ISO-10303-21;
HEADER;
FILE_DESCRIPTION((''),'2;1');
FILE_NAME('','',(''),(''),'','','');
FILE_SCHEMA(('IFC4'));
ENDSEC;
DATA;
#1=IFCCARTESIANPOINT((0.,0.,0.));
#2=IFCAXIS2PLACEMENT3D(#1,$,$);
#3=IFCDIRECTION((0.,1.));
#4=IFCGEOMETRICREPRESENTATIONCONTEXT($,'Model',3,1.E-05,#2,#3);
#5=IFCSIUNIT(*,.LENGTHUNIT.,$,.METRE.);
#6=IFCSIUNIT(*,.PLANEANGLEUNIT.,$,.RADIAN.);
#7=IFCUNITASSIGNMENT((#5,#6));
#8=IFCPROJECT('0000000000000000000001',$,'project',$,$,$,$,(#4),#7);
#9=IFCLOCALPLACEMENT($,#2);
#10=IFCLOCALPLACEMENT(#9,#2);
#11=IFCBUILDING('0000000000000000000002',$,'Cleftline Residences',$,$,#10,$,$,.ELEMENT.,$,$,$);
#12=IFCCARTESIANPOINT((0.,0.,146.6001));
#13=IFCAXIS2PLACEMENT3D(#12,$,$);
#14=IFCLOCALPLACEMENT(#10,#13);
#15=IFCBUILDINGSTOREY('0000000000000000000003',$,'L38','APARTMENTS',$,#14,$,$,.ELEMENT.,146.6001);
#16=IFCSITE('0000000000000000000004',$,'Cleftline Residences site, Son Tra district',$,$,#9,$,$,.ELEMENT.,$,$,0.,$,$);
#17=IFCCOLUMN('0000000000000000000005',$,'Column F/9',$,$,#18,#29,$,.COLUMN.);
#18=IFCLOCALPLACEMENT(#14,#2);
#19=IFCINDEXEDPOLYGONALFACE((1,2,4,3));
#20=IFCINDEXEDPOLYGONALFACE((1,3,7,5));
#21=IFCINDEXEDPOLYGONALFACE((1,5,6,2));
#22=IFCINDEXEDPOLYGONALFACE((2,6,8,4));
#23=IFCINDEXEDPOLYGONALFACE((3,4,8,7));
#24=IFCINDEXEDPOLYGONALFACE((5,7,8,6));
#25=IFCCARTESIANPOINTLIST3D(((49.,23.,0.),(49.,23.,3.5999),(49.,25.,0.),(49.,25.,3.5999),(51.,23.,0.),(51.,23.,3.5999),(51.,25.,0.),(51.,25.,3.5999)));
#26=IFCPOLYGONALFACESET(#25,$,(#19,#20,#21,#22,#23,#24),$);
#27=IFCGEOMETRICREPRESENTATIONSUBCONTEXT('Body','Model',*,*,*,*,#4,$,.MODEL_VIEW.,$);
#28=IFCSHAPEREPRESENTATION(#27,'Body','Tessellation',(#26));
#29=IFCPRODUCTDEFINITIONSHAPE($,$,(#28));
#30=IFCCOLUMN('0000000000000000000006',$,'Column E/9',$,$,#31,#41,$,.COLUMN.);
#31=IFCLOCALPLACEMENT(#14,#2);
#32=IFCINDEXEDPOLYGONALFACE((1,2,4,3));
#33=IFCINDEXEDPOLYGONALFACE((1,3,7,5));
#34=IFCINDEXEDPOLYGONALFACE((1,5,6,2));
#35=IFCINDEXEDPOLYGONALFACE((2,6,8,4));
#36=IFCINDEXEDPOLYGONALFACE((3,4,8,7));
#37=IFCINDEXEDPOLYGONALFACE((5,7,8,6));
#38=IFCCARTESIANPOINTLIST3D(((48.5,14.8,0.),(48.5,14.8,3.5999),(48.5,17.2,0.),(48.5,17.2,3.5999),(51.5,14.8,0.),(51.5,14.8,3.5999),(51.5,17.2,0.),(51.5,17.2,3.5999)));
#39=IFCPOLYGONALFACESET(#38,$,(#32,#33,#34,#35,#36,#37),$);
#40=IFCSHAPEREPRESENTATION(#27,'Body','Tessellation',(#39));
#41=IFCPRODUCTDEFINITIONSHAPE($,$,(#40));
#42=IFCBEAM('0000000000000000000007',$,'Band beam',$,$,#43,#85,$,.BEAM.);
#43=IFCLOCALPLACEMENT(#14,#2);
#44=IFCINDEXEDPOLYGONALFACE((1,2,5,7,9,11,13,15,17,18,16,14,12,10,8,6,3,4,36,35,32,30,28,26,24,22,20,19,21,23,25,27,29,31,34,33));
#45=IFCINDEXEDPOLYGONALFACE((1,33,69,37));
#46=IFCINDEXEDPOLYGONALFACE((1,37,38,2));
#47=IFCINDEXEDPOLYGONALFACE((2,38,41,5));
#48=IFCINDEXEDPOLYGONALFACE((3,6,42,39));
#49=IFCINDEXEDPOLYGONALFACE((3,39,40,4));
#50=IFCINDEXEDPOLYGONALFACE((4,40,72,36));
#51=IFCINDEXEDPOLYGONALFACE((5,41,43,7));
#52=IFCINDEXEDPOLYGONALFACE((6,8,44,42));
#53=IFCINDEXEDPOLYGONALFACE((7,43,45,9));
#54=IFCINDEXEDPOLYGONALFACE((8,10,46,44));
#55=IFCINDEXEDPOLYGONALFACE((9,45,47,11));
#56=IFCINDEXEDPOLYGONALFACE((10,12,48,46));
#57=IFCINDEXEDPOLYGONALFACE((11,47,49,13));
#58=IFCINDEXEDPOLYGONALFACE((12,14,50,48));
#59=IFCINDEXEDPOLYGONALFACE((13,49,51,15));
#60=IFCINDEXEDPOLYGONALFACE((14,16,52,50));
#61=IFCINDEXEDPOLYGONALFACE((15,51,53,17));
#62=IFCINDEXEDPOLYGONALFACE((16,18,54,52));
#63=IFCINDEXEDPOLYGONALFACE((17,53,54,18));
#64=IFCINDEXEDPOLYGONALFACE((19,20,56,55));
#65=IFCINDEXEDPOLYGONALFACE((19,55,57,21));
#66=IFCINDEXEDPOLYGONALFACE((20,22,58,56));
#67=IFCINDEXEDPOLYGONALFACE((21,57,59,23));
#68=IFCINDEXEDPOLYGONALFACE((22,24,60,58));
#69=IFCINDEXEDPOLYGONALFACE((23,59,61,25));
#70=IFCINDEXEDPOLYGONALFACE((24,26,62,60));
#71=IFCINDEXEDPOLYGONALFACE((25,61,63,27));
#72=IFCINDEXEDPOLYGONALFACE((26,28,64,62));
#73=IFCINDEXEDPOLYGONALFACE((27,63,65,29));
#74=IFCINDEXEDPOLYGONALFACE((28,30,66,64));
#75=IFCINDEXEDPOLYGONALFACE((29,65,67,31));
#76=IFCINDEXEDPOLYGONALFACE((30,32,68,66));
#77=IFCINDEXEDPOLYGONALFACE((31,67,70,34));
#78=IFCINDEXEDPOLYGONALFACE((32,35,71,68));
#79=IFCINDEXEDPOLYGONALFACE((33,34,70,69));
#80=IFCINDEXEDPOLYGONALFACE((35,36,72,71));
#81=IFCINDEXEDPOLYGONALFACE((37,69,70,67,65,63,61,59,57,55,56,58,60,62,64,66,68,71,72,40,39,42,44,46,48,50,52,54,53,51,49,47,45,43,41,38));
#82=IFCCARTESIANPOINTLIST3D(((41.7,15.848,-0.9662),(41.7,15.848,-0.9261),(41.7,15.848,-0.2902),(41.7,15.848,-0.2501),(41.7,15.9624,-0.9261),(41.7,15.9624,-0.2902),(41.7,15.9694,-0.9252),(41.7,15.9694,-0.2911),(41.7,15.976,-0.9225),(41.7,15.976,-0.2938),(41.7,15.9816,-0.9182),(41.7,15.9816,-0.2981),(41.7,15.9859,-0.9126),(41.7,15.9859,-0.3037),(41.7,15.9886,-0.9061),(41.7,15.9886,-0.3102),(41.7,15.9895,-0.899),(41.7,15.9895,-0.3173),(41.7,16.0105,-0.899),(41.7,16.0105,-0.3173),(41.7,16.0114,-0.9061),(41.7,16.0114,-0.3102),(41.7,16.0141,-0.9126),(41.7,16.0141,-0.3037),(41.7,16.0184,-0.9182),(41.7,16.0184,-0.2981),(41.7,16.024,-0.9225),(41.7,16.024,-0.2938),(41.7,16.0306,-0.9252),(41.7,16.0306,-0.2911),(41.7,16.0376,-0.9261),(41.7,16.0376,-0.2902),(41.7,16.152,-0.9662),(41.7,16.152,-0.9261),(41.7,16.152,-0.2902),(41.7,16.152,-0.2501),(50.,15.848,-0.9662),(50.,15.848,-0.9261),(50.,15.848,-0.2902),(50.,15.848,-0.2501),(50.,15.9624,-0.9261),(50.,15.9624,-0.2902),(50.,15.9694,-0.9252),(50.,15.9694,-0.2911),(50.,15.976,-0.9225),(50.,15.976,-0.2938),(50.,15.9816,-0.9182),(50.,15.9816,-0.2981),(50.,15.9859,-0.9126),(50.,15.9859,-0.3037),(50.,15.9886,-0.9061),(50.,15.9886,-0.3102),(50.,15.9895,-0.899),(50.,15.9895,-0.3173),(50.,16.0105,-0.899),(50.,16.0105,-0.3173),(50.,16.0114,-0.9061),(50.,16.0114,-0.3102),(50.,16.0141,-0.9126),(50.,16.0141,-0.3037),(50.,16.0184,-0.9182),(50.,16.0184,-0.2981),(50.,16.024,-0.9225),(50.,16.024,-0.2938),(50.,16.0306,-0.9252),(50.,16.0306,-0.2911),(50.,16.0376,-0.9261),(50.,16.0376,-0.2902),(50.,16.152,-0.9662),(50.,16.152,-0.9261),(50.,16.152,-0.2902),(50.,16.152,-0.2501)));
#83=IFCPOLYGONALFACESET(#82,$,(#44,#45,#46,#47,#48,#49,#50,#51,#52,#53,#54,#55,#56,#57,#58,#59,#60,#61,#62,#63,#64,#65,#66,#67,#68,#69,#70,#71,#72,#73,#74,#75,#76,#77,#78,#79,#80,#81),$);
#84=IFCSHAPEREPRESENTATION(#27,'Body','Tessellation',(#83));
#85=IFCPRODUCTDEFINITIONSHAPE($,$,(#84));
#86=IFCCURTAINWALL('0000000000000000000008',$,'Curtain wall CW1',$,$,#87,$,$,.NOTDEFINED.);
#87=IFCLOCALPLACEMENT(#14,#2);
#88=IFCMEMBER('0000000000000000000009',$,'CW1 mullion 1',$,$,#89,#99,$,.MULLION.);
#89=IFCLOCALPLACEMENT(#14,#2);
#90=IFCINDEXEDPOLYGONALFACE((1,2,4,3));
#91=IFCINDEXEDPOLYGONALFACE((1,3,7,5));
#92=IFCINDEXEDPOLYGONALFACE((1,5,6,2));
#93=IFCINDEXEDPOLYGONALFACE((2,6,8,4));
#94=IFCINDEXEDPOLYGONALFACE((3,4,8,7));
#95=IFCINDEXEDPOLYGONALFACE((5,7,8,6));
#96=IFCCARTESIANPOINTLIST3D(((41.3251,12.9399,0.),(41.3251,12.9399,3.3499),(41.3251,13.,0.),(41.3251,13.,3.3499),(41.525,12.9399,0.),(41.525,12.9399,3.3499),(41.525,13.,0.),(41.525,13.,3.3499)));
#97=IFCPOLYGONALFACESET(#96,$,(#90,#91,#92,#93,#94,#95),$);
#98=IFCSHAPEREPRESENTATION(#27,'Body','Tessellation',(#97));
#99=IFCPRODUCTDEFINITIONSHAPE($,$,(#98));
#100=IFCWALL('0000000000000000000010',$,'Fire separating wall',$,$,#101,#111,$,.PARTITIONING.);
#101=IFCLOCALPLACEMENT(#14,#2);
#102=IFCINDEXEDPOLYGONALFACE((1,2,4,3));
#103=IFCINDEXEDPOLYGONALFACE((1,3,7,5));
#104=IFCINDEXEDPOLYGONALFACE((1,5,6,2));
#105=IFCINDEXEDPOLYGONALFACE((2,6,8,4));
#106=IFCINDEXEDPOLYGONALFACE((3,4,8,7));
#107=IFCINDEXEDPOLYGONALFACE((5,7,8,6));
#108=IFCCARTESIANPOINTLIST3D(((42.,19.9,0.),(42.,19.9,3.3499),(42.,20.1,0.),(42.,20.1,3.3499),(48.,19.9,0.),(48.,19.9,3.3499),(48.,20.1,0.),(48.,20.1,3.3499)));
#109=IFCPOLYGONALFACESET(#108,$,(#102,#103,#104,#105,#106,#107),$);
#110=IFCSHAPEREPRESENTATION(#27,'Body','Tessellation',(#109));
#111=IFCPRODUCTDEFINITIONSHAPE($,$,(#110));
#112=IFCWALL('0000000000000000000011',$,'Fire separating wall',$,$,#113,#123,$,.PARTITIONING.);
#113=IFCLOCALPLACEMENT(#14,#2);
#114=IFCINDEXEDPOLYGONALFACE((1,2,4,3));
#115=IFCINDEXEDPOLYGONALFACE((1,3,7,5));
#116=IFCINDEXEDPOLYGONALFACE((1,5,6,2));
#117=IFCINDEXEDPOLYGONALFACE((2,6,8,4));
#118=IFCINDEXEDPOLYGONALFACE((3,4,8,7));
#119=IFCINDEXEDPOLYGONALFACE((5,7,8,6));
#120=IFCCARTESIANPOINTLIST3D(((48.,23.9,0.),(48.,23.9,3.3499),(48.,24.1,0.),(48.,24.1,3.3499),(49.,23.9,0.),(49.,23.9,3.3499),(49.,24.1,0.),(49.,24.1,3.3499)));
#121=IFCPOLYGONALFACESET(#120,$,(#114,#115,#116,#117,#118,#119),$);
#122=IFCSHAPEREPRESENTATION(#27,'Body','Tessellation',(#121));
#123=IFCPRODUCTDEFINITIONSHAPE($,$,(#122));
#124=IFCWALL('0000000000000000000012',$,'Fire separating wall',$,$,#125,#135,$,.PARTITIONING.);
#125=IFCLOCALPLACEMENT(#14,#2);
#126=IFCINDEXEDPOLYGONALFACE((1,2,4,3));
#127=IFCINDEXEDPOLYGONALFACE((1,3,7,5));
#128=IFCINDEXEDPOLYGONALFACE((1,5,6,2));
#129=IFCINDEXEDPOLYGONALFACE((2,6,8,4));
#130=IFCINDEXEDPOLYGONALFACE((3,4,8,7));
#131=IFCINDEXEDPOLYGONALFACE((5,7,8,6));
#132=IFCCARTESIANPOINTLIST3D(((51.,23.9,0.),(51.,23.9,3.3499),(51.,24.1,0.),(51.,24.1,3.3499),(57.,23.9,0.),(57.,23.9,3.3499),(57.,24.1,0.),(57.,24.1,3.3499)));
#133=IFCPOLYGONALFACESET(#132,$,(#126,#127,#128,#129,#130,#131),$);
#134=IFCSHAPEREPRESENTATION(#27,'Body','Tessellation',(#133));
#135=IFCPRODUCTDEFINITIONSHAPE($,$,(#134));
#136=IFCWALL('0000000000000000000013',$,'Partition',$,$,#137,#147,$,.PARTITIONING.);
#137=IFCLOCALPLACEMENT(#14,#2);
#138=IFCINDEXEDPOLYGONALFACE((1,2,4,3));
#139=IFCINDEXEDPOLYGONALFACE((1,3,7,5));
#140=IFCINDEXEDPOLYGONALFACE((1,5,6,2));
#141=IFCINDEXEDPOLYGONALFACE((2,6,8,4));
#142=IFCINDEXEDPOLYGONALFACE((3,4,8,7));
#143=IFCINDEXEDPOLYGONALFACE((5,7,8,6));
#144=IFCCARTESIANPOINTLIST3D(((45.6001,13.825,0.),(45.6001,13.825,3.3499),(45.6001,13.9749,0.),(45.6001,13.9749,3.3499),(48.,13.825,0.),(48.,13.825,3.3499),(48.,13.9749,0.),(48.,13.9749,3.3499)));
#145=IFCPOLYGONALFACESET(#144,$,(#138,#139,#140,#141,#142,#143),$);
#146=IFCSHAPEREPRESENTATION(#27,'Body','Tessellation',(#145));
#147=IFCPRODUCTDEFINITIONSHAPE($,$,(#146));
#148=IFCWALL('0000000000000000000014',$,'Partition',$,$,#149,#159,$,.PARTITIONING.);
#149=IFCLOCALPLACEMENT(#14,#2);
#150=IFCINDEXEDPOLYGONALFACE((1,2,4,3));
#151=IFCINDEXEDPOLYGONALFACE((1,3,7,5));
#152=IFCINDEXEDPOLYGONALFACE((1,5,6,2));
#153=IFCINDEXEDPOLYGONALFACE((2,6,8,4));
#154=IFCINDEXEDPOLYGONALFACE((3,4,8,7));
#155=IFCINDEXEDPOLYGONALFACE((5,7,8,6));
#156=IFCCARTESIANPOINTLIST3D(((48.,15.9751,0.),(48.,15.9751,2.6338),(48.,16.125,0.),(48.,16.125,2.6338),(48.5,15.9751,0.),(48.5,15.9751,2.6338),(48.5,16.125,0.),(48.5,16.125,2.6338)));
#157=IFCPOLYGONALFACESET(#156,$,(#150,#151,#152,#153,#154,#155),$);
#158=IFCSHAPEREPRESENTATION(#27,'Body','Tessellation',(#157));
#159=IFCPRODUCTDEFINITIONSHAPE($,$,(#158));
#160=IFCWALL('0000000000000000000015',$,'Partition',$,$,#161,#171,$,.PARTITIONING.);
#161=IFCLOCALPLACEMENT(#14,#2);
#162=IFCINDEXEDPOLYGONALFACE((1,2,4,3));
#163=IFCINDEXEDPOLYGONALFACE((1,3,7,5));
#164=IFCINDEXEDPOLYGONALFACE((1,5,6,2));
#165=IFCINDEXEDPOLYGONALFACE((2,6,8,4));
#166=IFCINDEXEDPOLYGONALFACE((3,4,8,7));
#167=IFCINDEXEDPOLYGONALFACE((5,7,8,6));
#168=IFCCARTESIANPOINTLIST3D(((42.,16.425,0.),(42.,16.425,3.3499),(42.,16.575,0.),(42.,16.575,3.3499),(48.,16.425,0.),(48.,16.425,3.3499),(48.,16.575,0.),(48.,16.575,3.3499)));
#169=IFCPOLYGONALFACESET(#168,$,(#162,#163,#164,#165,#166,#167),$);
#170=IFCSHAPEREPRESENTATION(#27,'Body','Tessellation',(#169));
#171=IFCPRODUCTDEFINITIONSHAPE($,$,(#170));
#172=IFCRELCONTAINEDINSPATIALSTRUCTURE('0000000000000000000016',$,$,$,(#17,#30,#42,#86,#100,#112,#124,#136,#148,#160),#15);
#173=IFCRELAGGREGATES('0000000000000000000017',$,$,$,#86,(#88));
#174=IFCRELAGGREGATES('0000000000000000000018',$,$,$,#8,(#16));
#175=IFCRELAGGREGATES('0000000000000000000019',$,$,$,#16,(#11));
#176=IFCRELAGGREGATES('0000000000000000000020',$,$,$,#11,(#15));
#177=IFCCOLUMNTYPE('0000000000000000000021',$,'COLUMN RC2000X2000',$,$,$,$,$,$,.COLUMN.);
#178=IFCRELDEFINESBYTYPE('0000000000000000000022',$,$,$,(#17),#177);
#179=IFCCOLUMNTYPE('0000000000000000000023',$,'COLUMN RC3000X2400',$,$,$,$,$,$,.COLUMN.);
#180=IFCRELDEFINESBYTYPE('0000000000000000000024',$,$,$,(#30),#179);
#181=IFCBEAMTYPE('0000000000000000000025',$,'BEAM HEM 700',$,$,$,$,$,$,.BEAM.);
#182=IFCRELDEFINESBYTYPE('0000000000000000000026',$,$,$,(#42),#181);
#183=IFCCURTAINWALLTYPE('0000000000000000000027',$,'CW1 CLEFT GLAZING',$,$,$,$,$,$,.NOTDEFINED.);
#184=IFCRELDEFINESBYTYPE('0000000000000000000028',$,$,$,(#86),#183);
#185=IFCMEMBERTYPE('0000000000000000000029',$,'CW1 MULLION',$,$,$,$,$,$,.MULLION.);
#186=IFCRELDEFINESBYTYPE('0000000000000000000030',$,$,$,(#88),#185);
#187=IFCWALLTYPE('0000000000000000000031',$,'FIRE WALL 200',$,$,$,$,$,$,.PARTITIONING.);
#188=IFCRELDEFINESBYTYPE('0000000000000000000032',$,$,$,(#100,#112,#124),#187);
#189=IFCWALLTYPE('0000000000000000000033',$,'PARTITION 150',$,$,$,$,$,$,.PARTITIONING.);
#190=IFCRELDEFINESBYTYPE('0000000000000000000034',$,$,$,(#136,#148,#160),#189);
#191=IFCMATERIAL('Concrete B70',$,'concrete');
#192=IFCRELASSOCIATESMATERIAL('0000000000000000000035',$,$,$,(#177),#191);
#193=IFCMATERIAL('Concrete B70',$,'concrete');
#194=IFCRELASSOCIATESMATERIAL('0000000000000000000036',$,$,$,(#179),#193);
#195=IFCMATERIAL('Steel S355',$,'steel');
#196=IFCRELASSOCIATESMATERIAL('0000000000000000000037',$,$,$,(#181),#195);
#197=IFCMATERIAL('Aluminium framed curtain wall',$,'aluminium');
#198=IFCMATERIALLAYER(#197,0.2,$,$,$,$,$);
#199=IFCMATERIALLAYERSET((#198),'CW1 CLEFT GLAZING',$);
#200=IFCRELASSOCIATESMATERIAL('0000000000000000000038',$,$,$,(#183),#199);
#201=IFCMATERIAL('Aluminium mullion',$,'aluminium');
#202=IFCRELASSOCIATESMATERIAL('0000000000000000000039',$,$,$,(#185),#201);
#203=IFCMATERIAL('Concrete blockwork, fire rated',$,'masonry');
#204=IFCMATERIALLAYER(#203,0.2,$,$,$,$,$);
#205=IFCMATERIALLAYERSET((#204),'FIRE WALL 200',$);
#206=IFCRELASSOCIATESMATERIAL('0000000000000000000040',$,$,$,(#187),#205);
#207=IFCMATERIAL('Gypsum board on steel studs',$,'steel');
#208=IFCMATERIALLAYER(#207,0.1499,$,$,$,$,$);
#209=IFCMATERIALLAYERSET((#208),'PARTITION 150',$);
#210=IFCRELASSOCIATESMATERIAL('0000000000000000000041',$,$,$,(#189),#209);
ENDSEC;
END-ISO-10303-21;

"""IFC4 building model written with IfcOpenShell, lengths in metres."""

from ifc_helpers import new_model, si_unit, direction, frame, frame_2d, origin, origin_2d, place, context, subcontext, project, spatial, rectangle, i_section, extrude, material, layer, layer_set, material_profile, profile_set, type_object, element, aggregate, save


model = new_model("IFC4")

# Units and contexts
model_context = context("Model", 3, precision=1e-05, world=origin(), true_north=direction((0.0, 1.0)))
body_context = subcontext(model_context, "Body", "Model", "MODEL_VIEW")
ifc_project = project(units=[si_unit("LENGTHUNIT", "METRE"), si_unit("PLANEANGLEUNIT", "RADIAN")], contexts=[model_context])

# Site, building, storey
site_placement = place(None, origin())
site = spatial("IfcSite", under=ifc_project, at=site_placement, Name="Cleftline Residences site, Son Tra district", CompositionType="ELEMENT", RefElevation=0.0)
building_placement = place(site_placement, origin())
building = spatial("IfcBuilding", under=site, at=building_placement, Name="Cleftline Residences", CompositionType="ELEMENT")
storey_placement = place(building_placement, frame((0.0, 0.0, 146.6001)))
storey = spatial("IfcBuildingStorey", under=building, at=storey_placement, Name="L38", Description="APARTMENTS", CompositionType="ELEMENT", Elevation=146.6001)

# Columns
ifc_material_1 = material(Name="Concrete B70", Category="concrete")
ifc_material_profile_1 = material_profile(ifc_material_1, rectangle(XDim=2.0, YDim=2.0, at=origin_2d()))
ifc_profile_set_1 = profile_set([ifc_material_profile_1], Name="Concrete B70")
column_type_1 = type_object("IfcColumnType", Name="COLUMN RC2000X2000", PredefinedType="COLUMN", material=ifc_profile_set_1)
column_1_placement = place(storey_placement, frame((50.0, 24.0, 0.0), z_axis=(0.0, 0.0, 1.0), x_axis=(1.0, 0.0, 0.0)))
element("IfcColumn", 1, at=column_1_placement, inside=storey, type_object=column_type_1, Name="Column F/9", PredefinedType="COLUMN", context=body_context, shape_type="SweptSolid", body=[
    extrude(rectangle(XDim=2.0, YDim=2.0, at=origin_2d()), origin(), (0.0, 0.0, 1.0), 3.5999),
])
ifc_material_2 = material(Name="Concrete B70", Category="concrete")
ifc_material_profile_2 = material_profile(ifc_material_2, rectangle(XDim=3.0, YDim=2.3999, at=origin_2d()))
ifc_profile_set_2 = profile_set([ifc_material_profile_2], Name="Concrete B70")
column_type_2 = type_object("IfcColumnType", Name="COLUMN RC3000X2400", PredefinedType="COLUMN", material=ifc_profile_set_2)
column_2_placement = place(storey_placement, frame((50.0, 16.0, 0.0), z_axis=(0.0, 0.0, 1.0), x_axis=(1.0, 0.0, 0.0)))
element("IfcColumn", 2, at=column_2_placement, inside=storey, type_object=column_type_2, Name="Column E/9", PredefinedType="COLUMN", context=body_context, shape_type="SweptSolid", body=[
    extrude(rectangle(XDim=3.0, YDim=2.3999, at=origin_2d()), origin(), (0.0, 0.0, 1.0), 3.5999),
])

# Beam
ifc_material_3 = material(Name="Steel S355", Category="steel")
ifc_material_profile_3 = material_profile(ifc_material_3, i_section(OverallWidth=0.304, OverallDepth=0.7161, WebThickness=0.021, FlangeThickness=0.04, FilletRadius=0.0271, at=origin_2d()))
ifc_profile_set_3 = profile_set([ifc_material_profile_3], Name="Steel S355")
beam_type = type_object("IfcBeamType", Name="BEAM HEM 700", PredefinedType="BEAM", material=ifc_profile_set_3)
beam_placement = place(storey_placement, frame((50.0, 16.0, -0.6082), z_axis=(-1.0, 0.0, 0.0), x_axis=(0.0, -1.0, 0.0)))
element("IfcBeam", 3, at=beam_placement, inside=storey, type_object=beam_type, Name="Band beam", PredefinedType="BEAM", context=body_context, shape_type="SweptSolid", body=[
    extrude(i_section(OverallWidth=0.304, OverallDepth=0.7161, WebThickness=0.021, FlangeThickness=0.04, FilletRadius=0.0271, at=origin_2d()), origin(), (0.0, 0.0, 1.0), 8.3),
])

# Curtain wall, member
ifc_material_4 = material(Name="Aluminium framed curtain wall", Category="aluminium")
ifc_layer_1 = layer(ifc_material_4, 0.2)
ifc_layer_set_1 = layer_set([ifc_layer_1], Name="CW1 CLEFT GLAZING")
curtain_wall_type = type_object("IfcCurtainWallType", Name="CW1 CLEFT GLAZING", PredefinedType="NOTDEFINED", material=ifc_layer_set_1)
curtain_wall_placement = place(storey_placement, origin())
curtain_wall = element("IfcCurtainWall", 4, at=curtain_wall_placement, inside=storey, type_object=curtain_wall_type, Name="Curtain wall CW1", PredefinedType="NOTDEFINED")
ifc_material_5 = material(Name="Aluminium mullion", Category="aluminium")
ifc_material_profile_4 = material_profile(ifc_material_5, rectangle(XDim=0.2, YDim=0.0601, at=origin_2d()))
ifc_profile_set_4 = profile_set([ifc_material_profile_4], Name="Aluminium mullion")
member_type = type_object("IfcMemberType", Name="CW1 MULLION", PredefinedType="MULLION", material=ifc_profile_set_4)
member_placement = place(storey_placement, frame((41.425, 12.97, 0.0), z_axis=(0.0, 0.0, 1.0), x_axis=(1.0, 0.0, 0.0)))
member = element("IfcMember", 5, at=member_placement, type_object=member_type, Name="CW1 mullion 1", PredefinedType="MULLION", context=body_context, shape_type="SweptSolid", body=[
    extrude(rectangle(XDim=0.2, YDim=0.0601, at=origin_2d()), origin(), (0.0, 0.0, 1.0), 3.3499),
])
aggregate(curtain_wall, [member])

# Walls
ifc_material_6 = material(Name="Concrete blockwork, fire rated", Category="masonry")
ifc_layer_2 = layer(ifc_material_6, 0.2)
ifc_layer_set_2 = layer_set([ifc_layer_2], Name="FIRE WALL 200")
wall_type_1 = type_object("IfcWallType", Name="FIRE WALL 200", PredefinedType="PARTITIONING", material=ifc_layer_set_2)
wall_1_placement = place(storey_placement, frame((42.0, 20.0, 0.0), z_axis=(0.0, 0.0, 1.0), x_axis=(1.0, 0.0, 0.0)))
element("IfcWall", 6, at=wall_1_placement, inside=storey, type_object=wall_type_1, Name="Fire separating wall", PredefinedType="PARTITIONING", context=body_context, shape_type="SweptSolid", body=[
    extrude(rectangle(XDim=6.0, YDim=0.2, at=frame_2d((3.0, 0.0))), origin(), (0.0, 0.0, 1.0), 3.3499),
])
wall_2_placement = place(storey_placement, frame((48.0, 24.0, 0.0), z_axis=(0.0, 0.0, 1.0), x_axis=(1.0, 0.0, 0.0)))
element("IfcWall", 7, at=wall_2_placement, inside=storey, type_object=wall_type_1, Name="Fire separating wall", PredefinedType="PARTITIONING", context=body_context, shape_type="SweptSolid", body=[
    extrude(rectangle(XDim=1.0, YDim=0.2, at=frame_2d((0.5, 0.0))), origin(), (0.0, 0.0, 1.0), 3.3499),
])
wall_3_placement = place(storey_placement, frame((51.0, 24.0, 0.0), z_axis=(0.0, 0.0, 1.0), x_axis=(1.0, 0.0, 0.0)))
element("IfcWall", 8, at=wall_3_placement, inside=storey, type_object=wall_type_1, Name="Fire separating wall", PredefinedType="PARTITIONING", context=body_context, shape_type="SweptSolid", body=[
    extrude(rectangle(XDim=6.0, YDim=0.2, at=frame_2d((3.0, 0.0))), origin(), (0.0, 0.0, 1.0), 3.3499),
])

# Walls
ifc_material_7 = material(Name="Gypsum board on steel studs", Category="steel")
ifc_layer_3 = layer(ifc_material_7, 0.1499)
ifc_layer_set_3 = layer_set([ifc_layer_3], Name="PARTITION 150")
wall_type_2 = type_object("IfcWallType", Name="PARTITION 150", PredefinedType="PARTITIONING", material=ifc_layer_set_3)
wall_4_placement = place(storey_placement, frame((45.6001, 13.8999, 0.0), z_axis=(0.0, 0.0, 1.0), x_axis=(1.0, 0.0, 0.0)))
element("IfcWall", 9, at=wall_4_placement, inside=storey, type_object=wall_type_2, Name="Partition", PredefinedType="PARTITIONING", context=body_context, shape_type="SweptSolid", body=[
    extrude(rectangle(XDim=2.3999, YDim=0.1499, at=frame_2d((1.2, 0.0))), origin(), (0.0, 0.0, 1.0), 3.3499),
])
wall_5_placement = place(storey_placement, frame((48.0, 16.05, 0.0), z_axis=(0.0, 0.0, 1.0), x_axis=(1.0, 0.0, 0.0)))
element("IfcWall", 10, at=wall_5_placement, inside=storey, type_object=wall_type_2, Name="Partition", PredefinedType="PARTITIONING", context=body_context, shape_type="SweptSolid", body=[
    extrude(rectangle(XDim=0.5, YDim=0.1499, at=frame_2d((0.25, 0.0))), origin(), (0.0, 0.0, 1.0), 2.6338),
])
wall_6_placement = place(storey_placement, frame((42.0, 16.5, 0.0), z_axis=(0.0, 0.0, 1.0), x_axis=(1.0, 0.0, 0.0)))
element("IfcWall", 11, at=wall_6_placement, inside=storey, type_object=wall_type_2, Name="Partition", PredefinedType="PARTITIONING", context=body_context, shape_type="SweptSolid", body=[
    extrude(rectangle(XDim=6.0, YDim=0.1499, at=frame_2d((3.0, 0.0))), origin(), (0.0, 0.0, 1.0), 3.3499),
])

save(model, "model.ifc")
